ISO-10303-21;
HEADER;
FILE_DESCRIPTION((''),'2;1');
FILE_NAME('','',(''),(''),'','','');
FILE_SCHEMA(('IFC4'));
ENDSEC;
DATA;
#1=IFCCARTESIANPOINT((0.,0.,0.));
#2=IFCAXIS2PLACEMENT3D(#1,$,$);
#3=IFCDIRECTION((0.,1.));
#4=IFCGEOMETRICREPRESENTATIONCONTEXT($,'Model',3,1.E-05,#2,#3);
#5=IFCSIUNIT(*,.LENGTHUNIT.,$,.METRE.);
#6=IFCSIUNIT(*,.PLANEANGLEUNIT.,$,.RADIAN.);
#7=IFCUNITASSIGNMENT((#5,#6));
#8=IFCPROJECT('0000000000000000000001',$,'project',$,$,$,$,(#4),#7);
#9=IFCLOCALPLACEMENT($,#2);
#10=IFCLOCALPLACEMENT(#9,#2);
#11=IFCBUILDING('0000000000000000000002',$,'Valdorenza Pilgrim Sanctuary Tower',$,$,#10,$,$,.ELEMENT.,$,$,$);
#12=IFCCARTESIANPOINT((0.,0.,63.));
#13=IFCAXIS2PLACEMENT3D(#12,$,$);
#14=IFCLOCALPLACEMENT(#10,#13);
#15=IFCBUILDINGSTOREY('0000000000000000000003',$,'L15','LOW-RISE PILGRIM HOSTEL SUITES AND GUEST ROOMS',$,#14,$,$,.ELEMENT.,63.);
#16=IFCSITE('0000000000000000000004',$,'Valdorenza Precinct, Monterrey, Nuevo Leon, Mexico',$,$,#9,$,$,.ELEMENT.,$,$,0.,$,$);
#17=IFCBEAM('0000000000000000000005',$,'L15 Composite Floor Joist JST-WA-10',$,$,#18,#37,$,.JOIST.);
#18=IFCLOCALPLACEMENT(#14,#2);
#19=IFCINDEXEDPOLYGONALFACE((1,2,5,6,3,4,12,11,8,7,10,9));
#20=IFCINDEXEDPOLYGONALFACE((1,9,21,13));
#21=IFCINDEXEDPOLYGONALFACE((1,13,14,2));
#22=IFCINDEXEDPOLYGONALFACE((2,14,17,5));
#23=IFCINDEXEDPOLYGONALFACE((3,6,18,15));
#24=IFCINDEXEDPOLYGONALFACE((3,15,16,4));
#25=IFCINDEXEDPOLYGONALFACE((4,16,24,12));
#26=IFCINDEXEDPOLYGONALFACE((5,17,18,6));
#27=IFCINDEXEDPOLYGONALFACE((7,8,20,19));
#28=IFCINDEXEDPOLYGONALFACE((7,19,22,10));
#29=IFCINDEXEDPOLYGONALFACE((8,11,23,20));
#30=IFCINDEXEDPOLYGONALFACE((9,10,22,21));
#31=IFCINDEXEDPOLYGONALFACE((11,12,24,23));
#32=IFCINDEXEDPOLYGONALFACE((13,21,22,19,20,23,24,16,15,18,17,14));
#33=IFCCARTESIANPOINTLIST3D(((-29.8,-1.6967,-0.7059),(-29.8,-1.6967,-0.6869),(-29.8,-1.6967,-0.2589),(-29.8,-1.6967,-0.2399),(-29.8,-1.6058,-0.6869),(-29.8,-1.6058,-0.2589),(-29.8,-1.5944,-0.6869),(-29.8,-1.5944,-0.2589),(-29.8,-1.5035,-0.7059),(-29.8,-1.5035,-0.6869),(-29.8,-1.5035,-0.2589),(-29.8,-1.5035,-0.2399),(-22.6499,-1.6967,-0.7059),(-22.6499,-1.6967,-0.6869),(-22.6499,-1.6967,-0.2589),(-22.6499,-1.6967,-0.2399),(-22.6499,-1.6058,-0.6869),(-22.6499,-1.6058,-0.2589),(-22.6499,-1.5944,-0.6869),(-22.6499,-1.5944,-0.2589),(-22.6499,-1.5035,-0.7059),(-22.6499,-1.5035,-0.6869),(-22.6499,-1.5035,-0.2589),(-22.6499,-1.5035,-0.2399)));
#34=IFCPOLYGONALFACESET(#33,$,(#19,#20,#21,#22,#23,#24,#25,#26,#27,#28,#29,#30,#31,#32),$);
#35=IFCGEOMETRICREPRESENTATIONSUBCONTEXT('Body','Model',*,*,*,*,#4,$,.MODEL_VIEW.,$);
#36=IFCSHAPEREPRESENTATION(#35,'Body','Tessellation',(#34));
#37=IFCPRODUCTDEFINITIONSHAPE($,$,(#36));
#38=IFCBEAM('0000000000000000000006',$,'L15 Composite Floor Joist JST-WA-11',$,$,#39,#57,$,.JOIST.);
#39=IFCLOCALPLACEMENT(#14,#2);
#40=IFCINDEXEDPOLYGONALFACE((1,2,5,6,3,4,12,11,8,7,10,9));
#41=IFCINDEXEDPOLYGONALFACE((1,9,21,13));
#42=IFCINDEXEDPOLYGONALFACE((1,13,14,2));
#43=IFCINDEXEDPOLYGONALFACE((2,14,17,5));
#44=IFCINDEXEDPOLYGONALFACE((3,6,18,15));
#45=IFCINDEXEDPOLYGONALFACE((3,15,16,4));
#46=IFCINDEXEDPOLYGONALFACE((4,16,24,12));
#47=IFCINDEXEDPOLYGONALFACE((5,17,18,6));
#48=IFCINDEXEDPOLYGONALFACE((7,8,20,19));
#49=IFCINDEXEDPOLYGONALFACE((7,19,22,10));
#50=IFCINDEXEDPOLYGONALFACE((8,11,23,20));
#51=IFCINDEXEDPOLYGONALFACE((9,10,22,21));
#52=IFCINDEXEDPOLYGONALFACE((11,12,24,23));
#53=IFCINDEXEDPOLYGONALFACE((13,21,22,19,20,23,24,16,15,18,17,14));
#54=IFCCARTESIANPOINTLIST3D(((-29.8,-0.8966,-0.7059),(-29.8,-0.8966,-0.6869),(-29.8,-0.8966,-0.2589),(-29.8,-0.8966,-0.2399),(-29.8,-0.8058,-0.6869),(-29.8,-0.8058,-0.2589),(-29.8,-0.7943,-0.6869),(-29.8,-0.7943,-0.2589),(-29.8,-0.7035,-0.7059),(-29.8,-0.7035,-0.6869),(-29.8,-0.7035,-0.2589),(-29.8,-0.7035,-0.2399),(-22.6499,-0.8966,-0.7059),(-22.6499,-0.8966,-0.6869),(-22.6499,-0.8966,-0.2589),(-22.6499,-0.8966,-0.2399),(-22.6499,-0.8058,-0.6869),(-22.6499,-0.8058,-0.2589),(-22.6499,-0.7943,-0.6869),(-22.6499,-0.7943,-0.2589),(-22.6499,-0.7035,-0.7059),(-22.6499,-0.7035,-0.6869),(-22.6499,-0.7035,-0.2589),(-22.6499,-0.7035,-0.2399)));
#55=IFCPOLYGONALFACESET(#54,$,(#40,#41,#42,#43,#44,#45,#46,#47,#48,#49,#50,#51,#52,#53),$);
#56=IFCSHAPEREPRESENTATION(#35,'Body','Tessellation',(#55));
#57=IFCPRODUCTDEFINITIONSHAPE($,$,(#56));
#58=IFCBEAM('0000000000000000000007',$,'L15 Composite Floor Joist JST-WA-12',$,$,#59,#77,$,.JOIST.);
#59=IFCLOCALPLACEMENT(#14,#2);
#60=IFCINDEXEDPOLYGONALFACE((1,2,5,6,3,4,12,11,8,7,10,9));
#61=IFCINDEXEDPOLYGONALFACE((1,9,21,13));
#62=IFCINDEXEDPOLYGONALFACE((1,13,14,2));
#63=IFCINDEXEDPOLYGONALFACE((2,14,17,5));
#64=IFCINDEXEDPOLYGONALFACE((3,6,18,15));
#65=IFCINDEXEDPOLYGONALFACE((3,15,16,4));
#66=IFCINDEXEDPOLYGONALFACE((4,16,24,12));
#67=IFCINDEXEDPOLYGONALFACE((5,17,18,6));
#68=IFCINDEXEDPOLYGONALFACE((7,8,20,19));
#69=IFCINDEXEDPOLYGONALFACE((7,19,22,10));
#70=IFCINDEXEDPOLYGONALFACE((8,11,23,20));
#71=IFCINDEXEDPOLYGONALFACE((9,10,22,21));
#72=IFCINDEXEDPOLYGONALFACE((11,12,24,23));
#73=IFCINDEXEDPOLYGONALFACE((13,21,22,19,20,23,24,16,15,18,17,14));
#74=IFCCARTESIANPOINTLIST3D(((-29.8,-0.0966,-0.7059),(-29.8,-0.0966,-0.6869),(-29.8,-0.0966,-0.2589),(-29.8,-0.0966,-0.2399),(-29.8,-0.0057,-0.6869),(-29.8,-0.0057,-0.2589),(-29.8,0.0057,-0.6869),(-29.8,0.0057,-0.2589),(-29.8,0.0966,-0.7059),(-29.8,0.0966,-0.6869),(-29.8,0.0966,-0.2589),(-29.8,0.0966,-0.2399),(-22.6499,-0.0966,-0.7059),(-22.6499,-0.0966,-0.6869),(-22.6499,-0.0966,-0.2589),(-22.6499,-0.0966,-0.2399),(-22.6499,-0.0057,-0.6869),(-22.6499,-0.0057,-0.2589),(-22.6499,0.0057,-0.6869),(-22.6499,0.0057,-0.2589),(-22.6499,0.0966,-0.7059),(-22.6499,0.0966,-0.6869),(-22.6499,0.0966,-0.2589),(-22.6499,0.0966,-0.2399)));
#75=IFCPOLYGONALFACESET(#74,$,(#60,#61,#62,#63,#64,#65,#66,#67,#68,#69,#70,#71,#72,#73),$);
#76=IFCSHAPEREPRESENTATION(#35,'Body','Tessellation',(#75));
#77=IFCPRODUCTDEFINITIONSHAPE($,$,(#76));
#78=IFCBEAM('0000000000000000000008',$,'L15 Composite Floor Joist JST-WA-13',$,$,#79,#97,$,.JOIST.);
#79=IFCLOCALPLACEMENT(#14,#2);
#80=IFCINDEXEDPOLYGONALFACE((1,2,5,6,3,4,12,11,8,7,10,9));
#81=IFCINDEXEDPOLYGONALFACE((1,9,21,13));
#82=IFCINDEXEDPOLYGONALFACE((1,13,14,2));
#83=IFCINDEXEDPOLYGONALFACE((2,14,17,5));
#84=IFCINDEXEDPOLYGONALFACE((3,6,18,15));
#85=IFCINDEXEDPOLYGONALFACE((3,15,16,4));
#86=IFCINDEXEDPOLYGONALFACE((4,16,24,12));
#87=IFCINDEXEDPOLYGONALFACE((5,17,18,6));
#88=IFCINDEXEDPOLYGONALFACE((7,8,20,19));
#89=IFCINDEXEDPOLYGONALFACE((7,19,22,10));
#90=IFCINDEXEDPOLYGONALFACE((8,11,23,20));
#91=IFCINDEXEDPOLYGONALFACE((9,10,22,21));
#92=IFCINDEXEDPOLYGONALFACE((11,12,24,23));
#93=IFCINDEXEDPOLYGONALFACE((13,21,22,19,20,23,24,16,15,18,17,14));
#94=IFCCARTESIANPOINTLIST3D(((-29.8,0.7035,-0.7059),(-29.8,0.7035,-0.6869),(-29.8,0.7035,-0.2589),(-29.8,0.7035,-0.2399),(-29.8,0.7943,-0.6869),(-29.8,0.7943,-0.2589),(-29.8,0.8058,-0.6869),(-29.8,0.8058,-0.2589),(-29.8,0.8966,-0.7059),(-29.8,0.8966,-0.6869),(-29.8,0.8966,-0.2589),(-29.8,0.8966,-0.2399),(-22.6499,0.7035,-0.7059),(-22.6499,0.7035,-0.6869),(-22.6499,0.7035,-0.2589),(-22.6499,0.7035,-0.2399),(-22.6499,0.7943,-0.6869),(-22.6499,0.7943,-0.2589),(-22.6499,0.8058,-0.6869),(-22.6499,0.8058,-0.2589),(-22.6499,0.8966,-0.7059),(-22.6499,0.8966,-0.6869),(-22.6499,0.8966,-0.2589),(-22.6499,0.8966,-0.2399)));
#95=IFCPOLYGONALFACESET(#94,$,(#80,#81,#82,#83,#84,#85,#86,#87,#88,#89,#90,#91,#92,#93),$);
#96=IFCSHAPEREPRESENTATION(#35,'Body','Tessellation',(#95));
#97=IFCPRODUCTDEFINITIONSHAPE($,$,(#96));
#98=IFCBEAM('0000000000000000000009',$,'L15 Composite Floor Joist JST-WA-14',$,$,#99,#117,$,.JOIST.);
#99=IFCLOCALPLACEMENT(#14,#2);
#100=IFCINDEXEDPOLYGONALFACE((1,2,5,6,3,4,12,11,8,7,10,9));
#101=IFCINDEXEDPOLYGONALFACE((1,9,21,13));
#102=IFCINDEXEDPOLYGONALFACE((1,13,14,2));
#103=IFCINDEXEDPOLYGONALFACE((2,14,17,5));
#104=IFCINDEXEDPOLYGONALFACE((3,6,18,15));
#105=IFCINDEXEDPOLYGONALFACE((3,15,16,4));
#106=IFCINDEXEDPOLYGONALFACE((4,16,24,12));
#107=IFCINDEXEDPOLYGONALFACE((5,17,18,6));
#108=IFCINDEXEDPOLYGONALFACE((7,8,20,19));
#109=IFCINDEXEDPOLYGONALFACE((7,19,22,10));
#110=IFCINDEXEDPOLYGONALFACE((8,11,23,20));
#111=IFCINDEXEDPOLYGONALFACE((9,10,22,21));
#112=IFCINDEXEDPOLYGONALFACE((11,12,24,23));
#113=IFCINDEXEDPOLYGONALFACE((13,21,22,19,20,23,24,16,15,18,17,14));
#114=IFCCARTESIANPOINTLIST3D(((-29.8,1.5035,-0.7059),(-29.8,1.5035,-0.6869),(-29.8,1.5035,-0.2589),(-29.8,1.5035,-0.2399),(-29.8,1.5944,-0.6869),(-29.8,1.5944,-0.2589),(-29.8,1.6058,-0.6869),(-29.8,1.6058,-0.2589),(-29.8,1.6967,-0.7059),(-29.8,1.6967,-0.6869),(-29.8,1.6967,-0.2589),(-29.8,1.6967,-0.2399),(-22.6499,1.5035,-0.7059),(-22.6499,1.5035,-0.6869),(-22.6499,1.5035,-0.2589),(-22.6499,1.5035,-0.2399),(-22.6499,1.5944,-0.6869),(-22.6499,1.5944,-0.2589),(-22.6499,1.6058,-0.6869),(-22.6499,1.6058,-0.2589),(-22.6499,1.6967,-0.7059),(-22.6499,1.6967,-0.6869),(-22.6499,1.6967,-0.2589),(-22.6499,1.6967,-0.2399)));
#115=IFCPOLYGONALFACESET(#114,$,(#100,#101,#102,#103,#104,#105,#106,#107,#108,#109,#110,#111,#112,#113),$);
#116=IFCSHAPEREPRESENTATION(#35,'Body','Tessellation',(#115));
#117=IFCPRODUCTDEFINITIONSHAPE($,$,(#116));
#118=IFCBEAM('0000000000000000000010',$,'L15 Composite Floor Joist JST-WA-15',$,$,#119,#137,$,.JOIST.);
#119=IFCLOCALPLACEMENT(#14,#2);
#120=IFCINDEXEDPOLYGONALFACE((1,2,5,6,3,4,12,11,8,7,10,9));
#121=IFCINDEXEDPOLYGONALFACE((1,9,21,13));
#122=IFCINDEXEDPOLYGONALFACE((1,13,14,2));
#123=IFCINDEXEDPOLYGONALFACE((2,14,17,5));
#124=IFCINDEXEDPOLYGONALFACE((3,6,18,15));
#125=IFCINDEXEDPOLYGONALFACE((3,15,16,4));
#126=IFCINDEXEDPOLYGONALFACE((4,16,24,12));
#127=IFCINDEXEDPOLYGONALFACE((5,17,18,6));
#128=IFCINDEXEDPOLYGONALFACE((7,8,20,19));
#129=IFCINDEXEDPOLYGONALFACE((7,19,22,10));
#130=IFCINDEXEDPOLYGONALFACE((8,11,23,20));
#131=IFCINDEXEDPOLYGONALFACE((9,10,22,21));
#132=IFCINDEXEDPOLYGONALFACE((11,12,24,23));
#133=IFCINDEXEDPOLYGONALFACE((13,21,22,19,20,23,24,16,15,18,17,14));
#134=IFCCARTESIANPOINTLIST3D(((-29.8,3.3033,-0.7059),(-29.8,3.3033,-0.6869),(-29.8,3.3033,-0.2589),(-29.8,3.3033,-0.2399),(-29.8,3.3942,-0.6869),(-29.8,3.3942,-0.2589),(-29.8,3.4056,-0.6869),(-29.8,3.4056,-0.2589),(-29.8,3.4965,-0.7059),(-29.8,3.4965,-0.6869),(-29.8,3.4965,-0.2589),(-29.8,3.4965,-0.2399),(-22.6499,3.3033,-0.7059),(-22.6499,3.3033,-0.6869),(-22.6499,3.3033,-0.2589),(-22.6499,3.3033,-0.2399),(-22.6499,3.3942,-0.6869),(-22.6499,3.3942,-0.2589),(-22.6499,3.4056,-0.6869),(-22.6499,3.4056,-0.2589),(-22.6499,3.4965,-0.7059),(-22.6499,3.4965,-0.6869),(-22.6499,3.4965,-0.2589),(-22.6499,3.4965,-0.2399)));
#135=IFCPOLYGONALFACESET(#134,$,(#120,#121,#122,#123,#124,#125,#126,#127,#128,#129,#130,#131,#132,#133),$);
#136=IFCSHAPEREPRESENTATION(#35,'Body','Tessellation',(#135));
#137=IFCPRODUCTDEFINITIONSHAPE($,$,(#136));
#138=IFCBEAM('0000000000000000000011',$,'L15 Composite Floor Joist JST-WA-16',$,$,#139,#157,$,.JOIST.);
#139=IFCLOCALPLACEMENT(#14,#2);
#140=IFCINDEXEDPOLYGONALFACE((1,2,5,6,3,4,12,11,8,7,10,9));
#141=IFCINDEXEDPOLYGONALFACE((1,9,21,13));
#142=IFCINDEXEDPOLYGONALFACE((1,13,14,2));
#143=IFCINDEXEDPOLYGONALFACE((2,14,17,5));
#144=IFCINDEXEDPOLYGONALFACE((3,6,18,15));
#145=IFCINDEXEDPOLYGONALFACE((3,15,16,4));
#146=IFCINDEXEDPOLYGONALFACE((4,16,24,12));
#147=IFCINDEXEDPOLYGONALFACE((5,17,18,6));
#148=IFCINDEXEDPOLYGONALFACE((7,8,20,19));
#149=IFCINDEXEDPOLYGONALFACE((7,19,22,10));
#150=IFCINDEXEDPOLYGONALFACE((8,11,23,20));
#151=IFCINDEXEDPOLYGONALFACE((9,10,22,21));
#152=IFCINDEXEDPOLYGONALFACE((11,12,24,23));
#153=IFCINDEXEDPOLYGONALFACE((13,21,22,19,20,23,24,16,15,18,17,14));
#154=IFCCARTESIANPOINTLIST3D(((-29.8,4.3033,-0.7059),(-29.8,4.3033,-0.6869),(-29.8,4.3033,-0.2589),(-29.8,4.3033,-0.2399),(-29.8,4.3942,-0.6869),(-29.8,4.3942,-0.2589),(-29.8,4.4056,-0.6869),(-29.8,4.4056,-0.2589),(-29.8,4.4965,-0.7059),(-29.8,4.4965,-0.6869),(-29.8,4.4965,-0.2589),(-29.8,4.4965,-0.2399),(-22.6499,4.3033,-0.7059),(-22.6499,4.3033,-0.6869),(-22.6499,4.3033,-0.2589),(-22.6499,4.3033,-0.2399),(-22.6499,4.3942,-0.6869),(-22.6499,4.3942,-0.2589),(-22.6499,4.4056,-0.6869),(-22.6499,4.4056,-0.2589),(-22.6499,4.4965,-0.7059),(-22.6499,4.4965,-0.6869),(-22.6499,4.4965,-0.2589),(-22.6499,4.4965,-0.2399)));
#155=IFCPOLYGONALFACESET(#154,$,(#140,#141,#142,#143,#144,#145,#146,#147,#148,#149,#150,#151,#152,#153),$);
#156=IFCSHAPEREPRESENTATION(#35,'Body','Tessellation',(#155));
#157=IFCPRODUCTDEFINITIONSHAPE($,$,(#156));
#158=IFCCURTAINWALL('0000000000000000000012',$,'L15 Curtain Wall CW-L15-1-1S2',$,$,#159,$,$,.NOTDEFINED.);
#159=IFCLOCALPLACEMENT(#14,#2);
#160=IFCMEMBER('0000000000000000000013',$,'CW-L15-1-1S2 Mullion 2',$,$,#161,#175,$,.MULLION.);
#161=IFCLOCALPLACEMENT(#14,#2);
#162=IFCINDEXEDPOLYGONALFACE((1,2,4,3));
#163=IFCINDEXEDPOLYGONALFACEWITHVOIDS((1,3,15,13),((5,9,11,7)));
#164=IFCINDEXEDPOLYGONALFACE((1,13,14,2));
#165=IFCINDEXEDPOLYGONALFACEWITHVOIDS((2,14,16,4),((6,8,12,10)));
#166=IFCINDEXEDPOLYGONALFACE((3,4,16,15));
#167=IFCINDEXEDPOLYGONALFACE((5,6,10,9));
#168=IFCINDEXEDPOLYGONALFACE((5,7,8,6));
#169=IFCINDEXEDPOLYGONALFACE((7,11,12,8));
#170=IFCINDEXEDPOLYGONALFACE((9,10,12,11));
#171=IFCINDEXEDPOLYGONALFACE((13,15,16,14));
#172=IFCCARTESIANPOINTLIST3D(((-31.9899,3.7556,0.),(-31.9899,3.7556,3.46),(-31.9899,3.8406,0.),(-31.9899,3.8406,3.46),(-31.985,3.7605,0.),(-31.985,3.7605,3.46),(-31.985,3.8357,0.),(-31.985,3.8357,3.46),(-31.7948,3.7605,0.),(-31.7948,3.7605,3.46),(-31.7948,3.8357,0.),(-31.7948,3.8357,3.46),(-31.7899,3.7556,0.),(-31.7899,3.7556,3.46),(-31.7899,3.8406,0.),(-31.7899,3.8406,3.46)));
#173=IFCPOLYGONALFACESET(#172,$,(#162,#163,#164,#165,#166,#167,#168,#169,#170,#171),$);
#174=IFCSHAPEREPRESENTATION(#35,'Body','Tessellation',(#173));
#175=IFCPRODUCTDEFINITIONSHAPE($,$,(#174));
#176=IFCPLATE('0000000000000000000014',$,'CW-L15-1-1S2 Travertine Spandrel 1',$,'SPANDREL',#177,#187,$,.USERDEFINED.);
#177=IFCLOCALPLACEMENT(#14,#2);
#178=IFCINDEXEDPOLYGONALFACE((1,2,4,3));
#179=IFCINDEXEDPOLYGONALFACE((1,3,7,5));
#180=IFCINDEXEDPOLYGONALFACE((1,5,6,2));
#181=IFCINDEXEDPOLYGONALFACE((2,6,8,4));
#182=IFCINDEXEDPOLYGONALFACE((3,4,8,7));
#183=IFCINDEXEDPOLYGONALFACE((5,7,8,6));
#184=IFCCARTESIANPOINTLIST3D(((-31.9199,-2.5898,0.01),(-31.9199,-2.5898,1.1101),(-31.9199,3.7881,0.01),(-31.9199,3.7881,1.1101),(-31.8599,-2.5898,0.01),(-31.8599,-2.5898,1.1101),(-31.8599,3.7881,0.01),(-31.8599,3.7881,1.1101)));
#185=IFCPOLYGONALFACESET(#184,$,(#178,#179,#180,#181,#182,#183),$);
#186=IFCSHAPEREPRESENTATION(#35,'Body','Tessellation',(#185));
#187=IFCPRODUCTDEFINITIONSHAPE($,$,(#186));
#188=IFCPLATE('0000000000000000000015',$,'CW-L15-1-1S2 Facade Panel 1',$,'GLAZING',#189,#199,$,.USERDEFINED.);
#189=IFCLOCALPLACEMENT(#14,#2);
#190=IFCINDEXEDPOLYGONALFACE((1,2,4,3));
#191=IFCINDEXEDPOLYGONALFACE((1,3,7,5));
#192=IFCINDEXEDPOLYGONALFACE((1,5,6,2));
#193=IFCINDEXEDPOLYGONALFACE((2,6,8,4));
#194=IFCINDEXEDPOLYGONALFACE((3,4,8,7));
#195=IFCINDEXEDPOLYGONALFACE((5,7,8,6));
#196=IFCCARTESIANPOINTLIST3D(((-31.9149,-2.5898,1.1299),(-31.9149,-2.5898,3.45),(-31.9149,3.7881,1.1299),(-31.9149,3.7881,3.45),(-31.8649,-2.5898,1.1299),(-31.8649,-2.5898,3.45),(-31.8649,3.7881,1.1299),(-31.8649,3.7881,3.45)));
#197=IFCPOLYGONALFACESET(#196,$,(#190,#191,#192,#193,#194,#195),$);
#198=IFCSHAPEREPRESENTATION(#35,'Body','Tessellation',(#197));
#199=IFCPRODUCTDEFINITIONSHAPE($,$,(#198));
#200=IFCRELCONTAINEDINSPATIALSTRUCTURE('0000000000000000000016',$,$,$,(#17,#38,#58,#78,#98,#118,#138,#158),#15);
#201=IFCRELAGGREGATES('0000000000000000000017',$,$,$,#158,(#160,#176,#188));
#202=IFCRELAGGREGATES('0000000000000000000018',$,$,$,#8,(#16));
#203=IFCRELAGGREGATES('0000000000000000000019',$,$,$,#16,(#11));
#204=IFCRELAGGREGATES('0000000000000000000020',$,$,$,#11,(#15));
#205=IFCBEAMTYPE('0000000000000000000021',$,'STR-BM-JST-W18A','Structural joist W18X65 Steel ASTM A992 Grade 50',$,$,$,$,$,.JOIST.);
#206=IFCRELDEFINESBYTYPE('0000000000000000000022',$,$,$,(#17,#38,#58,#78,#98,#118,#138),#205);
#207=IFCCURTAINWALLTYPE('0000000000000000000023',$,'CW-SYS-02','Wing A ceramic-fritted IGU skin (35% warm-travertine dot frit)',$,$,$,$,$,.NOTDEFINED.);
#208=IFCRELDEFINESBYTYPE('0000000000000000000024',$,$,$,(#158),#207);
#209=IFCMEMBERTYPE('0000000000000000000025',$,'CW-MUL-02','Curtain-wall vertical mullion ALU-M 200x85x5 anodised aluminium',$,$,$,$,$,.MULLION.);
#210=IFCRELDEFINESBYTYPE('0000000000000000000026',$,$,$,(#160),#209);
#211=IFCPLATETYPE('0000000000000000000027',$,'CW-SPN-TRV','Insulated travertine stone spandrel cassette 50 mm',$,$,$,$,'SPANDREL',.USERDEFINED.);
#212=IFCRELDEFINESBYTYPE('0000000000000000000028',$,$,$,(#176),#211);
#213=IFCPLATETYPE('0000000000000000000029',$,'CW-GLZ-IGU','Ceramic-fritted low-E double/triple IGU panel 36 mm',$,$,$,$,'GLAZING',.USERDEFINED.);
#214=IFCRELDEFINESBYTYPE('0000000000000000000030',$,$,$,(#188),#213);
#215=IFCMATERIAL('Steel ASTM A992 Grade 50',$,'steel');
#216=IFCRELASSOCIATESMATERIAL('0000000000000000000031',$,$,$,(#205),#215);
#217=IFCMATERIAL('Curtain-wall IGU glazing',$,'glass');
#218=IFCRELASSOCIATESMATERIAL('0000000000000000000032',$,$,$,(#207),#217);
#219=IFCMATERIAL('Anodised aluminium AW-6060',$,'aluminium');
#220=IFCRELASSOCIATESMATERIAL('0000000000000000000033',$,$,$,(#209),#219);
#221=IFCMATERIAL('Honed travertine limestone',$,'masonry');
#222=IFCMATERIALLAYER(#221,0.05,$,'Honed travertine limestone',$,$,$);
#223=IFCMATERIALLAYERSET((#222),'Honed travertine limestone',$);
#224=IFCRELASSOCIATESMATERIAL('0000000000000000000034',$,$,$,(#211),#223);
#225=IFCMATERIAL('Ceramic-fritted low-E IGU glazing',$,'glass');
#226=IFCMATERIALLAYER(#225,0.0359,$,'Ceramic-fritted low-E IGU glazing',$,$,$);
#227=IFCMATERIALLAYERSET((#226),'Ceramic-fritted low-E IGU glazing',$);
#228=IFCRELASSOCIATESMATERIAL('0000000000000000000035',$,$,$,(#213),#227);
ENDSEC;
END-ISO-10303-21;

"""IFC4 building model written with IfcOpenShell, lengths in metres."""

from ifc_helpers import new_model, si_unit, direction, frame, origin, origin_2d, place, context, subcontext, project, spatial, rectangle, hollow_rectangle, i_section, extrude, source, transform, mapped, material, layer, layer_set, material_profile, profile_set, type_object, element, aggregate, save


model = new_model("IFC4")

# Units and contexts
model_context = context("Model", 3, precision=1e-05, world=origin(), true_north=direction((0.0, 1.0)))
body_context = subcontext(model_context, "Body", "Model", "MODEL_VIEW")
ifc_project = project(units=[si_unit("LENGTHUNIT", "METRE"), si_unit("PLANEANGLEUNIT", "RADIAN")], contexts=[model_context])

# Site, building, storey
site_placement = place(None, origin())
site = spatial("IfcSite", under=ifc_project, at=site_placement, Name="Valdorenza Precinct, Monterrey, Nuevo Leon, Mexico", CompositionType="ELEMENT", RefElevation=0.0)
building_placement = place(site_placement, origin())
building = spatial("IfcBuilding", under=site, at=building_placement, Name="Valdorenza Pilgrim Sanctuary Tower", CompositionType="ELEMENT")
storey_placement = place(building_placement, frame((0.0, 0.0, 63.0)))
storey = spatial("IfcBuildingStorey", under=building, at=storey_placement, Name="L15", Description="LOW-RISE PILGRIM HOSTEL SUITES AND GUEST ROOMS", CompositionType="ELEMENT", Elevation=63.0)

# Beams
ifc_material_1 = material(Name="Steel ASTM A992 Grade 50", Category="steel")
ifc_material_profile_1 = material_profile(ifc_material_1, i_section(OverallWidth=0.1931, OverallDepth=0.4661, WebThickness=0.0115, FlangeThickness=0.019, at=origin_2d()), Name="W18X65")
ifc_profile_set_1 = profile_set([ifc_material_profile_1], Name="Steel ASTM A992 Grade 50")
beam_type = type_object("IfcBeamType", Name="STR-BM-JST-W18A", Description="Structural joist W18X65 Steel ASTM A992 Grade 50", PredefinedType="JOIST", material=ifc_profile_set_1)
shared_shape_1 = source(origin(), body_context, "Body", "SweptSolid", [
    extrude(i_section(OverallWidth=0.1931, OverallDepth=0.4661, WebThickness=0.0115, FlangeThickness=0.019, at=origin_2d()), origin(), (0.0, 0.0, 1.0), 7.1501),
])
for number, where, z_axis, x_axis, name in (
    (1, (-29.8, -1.6001, -0.4729), (1.0, 0.0, 0.0), (0.0, 1.0, 0.0), "L15 Composite Floor Joist JST-WA-10"),
    (2, (-29.8, -0.8, -0.4729), (1.0, 0.0, 0.0), (0.0, 1.0, 0.0), "L15 Composite Floor Joist JST-WA-11"),
    (3, (-29.8, 0.0, -0.4729), (1.0, 0.0, 0.0), (0.0, 1.0, 0.0), "L15 Composite Floor Joist JST-WA-12"),
    (4, (-29.8, 0.8, -0.4729), (1.0, 0.0, 0.0), (0.0, 1.0, 0.0), "L15 Composite Floor Joist JST-WA-13"),
    (5, (-29.8, 1.6001, -0.4729), (1.0, 0.0, 0.0), (0.0, 1.0, 0.0), "L15 Composite Floor Joist JST-WA-14"),
    (6, (-29.8, 3.3999, -0.4729), (1.0, 0.0, 0.0), (0.0, 1.0, 0.0), "L15 Composite Floor Joist JST-WA-15"),
    (7, (-29.8, 4.3999, -0.4729), (1.0, 0.0, 0.0), (0.0, 1.0, 0.0), "L15 Composite Floor Joist JST-WA-16"),
):
    element("IfcBeam", number, at=place(storey_placement, frame(where, z_axis=z_axis, x_axis=x_axis)), inside=storey, type_object=beam_type, Name=name, PredefinedType="JOIST", context=body_context, shape_type="MappedRepresentation", body=[
        mapped(shared_shape_1, transform((0.0, 0.0, 0.0), x_axis=(1.0, 0.0, 0.0), y_axis=(0.0, 1.0, 0.0), z_axis=(0.0, 0.0, 1.0), scale=1.0)),
    ])

# Curtain wall, member, plates
ifc_material_2 = material(Name="Curtain-wall IGU glazing", Category="glass")
curtain_wall_type = type_object("IfcCurtainWallType", Name="CW-SYS-02", Description="Wing A ceramic-fritted IGU skin (35% warm-travertine dot frit)", PredefinedType="NOTDEFINED", material=ifc_material_2)
curtain_wall_placement = place(storey_placement, origin())
curtain_wall = element("IfcCurtainWall", 8, at=curtain_wall_placement, inside=storey, type_object=curtain_wall_type, Name="L15 Curtain Wall CW-L15-1-1S2", PredefinedType="NOTDEFINED")
ifc_material_3 = material(Name="Anodised aluminium AW-6060", Category="aluminium")
ifc_material_profile_2 = material_profile(ifc_material_3, hollow_rectangle(XDim=0.085, YDim=0.2, WallThickness=0.0049, at=origin_2d()), Name="ALU-M 200x85x5")
ifc_profile_set_2 = profile_set([ifc_material_profile_2], Name="Anodised aluminium AW-6060")
member_type = type_object("IfcMemberType", Name="CW-MUL-02", Description="Curtain-wall vertical mullion ALU-M 200x85x5 anodised aluminium", PredefinedType="MULLION", material=ifc_profile_set_2)
shared_shape_2 = source(origin(), body_context, "Body", "SweptSolid", [
    extrude(hollow_rectangle(XDim=0.085, YDim=0.2, WallThickness=0.0049, at=origin_2d()), origin(), (0.0, 0.0, 1.0), 3.46),
])
member_placement = place(storey_placement, frame((-31.8899, 3.7981, 0.0), z_axis=(0.0, 0.0, 1.0), x_axis=(0.0, 1.0, 0.0)))
member = element("IfcMember", 9, at=member_placement, type_object=member_type, Name="CW-L15-1-1S2 Mullion 2", PredefinedType="MULLION", context=body_context, shape_type="MappedRepresentation", body=[
    mapped(shared_shape_2, transform((0.0, 0.0, 0.0), x_axis=(1.0, 0.0, 0.0), y_axis=(0.0, 1.0, 0.0), z_axis=(0.0, 0.0, 1.0), scale=1.0)),
])
ifc_material_4 = material(Name="Honed travertine limestone", Category="masonry")
ifc_layer_1 = layer(ifc_material_4, 0.05, Name="Honed travertine limestone")
ifc_layer_set_1 = layer_set([ifc_layer_1], Name="Honed travertine limestone")
plate_type_1 = type_object("IfcPlateType", Name="CW-SPN-TRV", Description="Insulated travertine stone spandrel cassette 50 mm", ElementType="SPANDREL", PredefinedType="USERDEFINED", material=ifc_layer_set_1)
shared_shape_3 = source(origin(), body_context, "Body", "SweptSolid", [
    extrude(rectangle(XDim=6.3779, YDim=0.0601, at=origin_2d()), origin(), (0.0, 0.0, 1.0), 1.1001),
])
plate_1_placement = place(storey_placement, frame((-31.8899, 0.5991, 0.01), z_axis=(0.0, 0.0, 1.0), x_axis=(0.0, 1.0, 0.0)))
plate_1 = element("IfcPlate", 10, at=plate_1_placement, type_object=plate_type_1, Name="CW-L15-1-1S2 Travertine Spandrel 1", ObjectType="SPANDREL", PredefinedType="USERDEFINED", context=body_context, shape_type="MappedRepresentation", body=[
    mapped(shared_shape_3, transform((0.0, 0.0, 0.0), x_axis=(1.0, 0.0, 0.0), y_axis=(0.0, 1.0, 0.0), z_axis=(0.0, 0.0, 1.0), scale=1.0)),
])
ifc_material_5 = material(Name="Ceramic-fritted low-E IGU glazing", Category="glass")
ifc_layer_2 = layer(ifc_material_5, 0.0359, Name="Ceramic-fritted low-E IGU glazing")
ifc_layer_set_2 = layer_set([ifc_layer_2], Name="Ceramic-fritted low-E IGU glazing")
plate_type_2 = type_object("IfcPlateType", Name="CW-GLZ-IGU", Description="Ceramic-fritted low-E double/triple IGU panel 36 mm", ElementType="GLAZING", PredefinedType="USERDEFINED", material=ifc_layer_set_2)
shared_shape_4 = source(origin(), body_context, "Body", "SweptSolid", [
    extrude(rectangle(XDim=6.3779, YDim=0.05, at=origin_2d()), origin(), (0.0, 0.0, 1.0), 2.3201),
])
plate_2_placement = place(storey_placement, frame((-31.8899, 0.5991, 1.1299), z_axis=(0.0, 0.0, 1.0), x_axis=(0.0, 1.0, 0.0)))
plate_2 = element("IfcPlate", 11, at=plate_2_placement, type_object=plate_type_2, Name="CW-L15-1-1S2 Facade Panel 1", ObjectType="GLAZING", PredefinedType="USERDEFINED", context=body_context, shape_type="MappedRepresentation", body=[
    mapped(shared_shape_4, transform((0.0, 0.0, 0.0), x_axis=(1.0, 0.0, 0.0), y_axis=(0.0, 1.0, 0.0), z_axis=(0.0, 0.0, 1.0), scale=1.0)),
])
aggregate(curtain_wall, [member, plate_1, plate_2])

save(model, "model.ifc")
